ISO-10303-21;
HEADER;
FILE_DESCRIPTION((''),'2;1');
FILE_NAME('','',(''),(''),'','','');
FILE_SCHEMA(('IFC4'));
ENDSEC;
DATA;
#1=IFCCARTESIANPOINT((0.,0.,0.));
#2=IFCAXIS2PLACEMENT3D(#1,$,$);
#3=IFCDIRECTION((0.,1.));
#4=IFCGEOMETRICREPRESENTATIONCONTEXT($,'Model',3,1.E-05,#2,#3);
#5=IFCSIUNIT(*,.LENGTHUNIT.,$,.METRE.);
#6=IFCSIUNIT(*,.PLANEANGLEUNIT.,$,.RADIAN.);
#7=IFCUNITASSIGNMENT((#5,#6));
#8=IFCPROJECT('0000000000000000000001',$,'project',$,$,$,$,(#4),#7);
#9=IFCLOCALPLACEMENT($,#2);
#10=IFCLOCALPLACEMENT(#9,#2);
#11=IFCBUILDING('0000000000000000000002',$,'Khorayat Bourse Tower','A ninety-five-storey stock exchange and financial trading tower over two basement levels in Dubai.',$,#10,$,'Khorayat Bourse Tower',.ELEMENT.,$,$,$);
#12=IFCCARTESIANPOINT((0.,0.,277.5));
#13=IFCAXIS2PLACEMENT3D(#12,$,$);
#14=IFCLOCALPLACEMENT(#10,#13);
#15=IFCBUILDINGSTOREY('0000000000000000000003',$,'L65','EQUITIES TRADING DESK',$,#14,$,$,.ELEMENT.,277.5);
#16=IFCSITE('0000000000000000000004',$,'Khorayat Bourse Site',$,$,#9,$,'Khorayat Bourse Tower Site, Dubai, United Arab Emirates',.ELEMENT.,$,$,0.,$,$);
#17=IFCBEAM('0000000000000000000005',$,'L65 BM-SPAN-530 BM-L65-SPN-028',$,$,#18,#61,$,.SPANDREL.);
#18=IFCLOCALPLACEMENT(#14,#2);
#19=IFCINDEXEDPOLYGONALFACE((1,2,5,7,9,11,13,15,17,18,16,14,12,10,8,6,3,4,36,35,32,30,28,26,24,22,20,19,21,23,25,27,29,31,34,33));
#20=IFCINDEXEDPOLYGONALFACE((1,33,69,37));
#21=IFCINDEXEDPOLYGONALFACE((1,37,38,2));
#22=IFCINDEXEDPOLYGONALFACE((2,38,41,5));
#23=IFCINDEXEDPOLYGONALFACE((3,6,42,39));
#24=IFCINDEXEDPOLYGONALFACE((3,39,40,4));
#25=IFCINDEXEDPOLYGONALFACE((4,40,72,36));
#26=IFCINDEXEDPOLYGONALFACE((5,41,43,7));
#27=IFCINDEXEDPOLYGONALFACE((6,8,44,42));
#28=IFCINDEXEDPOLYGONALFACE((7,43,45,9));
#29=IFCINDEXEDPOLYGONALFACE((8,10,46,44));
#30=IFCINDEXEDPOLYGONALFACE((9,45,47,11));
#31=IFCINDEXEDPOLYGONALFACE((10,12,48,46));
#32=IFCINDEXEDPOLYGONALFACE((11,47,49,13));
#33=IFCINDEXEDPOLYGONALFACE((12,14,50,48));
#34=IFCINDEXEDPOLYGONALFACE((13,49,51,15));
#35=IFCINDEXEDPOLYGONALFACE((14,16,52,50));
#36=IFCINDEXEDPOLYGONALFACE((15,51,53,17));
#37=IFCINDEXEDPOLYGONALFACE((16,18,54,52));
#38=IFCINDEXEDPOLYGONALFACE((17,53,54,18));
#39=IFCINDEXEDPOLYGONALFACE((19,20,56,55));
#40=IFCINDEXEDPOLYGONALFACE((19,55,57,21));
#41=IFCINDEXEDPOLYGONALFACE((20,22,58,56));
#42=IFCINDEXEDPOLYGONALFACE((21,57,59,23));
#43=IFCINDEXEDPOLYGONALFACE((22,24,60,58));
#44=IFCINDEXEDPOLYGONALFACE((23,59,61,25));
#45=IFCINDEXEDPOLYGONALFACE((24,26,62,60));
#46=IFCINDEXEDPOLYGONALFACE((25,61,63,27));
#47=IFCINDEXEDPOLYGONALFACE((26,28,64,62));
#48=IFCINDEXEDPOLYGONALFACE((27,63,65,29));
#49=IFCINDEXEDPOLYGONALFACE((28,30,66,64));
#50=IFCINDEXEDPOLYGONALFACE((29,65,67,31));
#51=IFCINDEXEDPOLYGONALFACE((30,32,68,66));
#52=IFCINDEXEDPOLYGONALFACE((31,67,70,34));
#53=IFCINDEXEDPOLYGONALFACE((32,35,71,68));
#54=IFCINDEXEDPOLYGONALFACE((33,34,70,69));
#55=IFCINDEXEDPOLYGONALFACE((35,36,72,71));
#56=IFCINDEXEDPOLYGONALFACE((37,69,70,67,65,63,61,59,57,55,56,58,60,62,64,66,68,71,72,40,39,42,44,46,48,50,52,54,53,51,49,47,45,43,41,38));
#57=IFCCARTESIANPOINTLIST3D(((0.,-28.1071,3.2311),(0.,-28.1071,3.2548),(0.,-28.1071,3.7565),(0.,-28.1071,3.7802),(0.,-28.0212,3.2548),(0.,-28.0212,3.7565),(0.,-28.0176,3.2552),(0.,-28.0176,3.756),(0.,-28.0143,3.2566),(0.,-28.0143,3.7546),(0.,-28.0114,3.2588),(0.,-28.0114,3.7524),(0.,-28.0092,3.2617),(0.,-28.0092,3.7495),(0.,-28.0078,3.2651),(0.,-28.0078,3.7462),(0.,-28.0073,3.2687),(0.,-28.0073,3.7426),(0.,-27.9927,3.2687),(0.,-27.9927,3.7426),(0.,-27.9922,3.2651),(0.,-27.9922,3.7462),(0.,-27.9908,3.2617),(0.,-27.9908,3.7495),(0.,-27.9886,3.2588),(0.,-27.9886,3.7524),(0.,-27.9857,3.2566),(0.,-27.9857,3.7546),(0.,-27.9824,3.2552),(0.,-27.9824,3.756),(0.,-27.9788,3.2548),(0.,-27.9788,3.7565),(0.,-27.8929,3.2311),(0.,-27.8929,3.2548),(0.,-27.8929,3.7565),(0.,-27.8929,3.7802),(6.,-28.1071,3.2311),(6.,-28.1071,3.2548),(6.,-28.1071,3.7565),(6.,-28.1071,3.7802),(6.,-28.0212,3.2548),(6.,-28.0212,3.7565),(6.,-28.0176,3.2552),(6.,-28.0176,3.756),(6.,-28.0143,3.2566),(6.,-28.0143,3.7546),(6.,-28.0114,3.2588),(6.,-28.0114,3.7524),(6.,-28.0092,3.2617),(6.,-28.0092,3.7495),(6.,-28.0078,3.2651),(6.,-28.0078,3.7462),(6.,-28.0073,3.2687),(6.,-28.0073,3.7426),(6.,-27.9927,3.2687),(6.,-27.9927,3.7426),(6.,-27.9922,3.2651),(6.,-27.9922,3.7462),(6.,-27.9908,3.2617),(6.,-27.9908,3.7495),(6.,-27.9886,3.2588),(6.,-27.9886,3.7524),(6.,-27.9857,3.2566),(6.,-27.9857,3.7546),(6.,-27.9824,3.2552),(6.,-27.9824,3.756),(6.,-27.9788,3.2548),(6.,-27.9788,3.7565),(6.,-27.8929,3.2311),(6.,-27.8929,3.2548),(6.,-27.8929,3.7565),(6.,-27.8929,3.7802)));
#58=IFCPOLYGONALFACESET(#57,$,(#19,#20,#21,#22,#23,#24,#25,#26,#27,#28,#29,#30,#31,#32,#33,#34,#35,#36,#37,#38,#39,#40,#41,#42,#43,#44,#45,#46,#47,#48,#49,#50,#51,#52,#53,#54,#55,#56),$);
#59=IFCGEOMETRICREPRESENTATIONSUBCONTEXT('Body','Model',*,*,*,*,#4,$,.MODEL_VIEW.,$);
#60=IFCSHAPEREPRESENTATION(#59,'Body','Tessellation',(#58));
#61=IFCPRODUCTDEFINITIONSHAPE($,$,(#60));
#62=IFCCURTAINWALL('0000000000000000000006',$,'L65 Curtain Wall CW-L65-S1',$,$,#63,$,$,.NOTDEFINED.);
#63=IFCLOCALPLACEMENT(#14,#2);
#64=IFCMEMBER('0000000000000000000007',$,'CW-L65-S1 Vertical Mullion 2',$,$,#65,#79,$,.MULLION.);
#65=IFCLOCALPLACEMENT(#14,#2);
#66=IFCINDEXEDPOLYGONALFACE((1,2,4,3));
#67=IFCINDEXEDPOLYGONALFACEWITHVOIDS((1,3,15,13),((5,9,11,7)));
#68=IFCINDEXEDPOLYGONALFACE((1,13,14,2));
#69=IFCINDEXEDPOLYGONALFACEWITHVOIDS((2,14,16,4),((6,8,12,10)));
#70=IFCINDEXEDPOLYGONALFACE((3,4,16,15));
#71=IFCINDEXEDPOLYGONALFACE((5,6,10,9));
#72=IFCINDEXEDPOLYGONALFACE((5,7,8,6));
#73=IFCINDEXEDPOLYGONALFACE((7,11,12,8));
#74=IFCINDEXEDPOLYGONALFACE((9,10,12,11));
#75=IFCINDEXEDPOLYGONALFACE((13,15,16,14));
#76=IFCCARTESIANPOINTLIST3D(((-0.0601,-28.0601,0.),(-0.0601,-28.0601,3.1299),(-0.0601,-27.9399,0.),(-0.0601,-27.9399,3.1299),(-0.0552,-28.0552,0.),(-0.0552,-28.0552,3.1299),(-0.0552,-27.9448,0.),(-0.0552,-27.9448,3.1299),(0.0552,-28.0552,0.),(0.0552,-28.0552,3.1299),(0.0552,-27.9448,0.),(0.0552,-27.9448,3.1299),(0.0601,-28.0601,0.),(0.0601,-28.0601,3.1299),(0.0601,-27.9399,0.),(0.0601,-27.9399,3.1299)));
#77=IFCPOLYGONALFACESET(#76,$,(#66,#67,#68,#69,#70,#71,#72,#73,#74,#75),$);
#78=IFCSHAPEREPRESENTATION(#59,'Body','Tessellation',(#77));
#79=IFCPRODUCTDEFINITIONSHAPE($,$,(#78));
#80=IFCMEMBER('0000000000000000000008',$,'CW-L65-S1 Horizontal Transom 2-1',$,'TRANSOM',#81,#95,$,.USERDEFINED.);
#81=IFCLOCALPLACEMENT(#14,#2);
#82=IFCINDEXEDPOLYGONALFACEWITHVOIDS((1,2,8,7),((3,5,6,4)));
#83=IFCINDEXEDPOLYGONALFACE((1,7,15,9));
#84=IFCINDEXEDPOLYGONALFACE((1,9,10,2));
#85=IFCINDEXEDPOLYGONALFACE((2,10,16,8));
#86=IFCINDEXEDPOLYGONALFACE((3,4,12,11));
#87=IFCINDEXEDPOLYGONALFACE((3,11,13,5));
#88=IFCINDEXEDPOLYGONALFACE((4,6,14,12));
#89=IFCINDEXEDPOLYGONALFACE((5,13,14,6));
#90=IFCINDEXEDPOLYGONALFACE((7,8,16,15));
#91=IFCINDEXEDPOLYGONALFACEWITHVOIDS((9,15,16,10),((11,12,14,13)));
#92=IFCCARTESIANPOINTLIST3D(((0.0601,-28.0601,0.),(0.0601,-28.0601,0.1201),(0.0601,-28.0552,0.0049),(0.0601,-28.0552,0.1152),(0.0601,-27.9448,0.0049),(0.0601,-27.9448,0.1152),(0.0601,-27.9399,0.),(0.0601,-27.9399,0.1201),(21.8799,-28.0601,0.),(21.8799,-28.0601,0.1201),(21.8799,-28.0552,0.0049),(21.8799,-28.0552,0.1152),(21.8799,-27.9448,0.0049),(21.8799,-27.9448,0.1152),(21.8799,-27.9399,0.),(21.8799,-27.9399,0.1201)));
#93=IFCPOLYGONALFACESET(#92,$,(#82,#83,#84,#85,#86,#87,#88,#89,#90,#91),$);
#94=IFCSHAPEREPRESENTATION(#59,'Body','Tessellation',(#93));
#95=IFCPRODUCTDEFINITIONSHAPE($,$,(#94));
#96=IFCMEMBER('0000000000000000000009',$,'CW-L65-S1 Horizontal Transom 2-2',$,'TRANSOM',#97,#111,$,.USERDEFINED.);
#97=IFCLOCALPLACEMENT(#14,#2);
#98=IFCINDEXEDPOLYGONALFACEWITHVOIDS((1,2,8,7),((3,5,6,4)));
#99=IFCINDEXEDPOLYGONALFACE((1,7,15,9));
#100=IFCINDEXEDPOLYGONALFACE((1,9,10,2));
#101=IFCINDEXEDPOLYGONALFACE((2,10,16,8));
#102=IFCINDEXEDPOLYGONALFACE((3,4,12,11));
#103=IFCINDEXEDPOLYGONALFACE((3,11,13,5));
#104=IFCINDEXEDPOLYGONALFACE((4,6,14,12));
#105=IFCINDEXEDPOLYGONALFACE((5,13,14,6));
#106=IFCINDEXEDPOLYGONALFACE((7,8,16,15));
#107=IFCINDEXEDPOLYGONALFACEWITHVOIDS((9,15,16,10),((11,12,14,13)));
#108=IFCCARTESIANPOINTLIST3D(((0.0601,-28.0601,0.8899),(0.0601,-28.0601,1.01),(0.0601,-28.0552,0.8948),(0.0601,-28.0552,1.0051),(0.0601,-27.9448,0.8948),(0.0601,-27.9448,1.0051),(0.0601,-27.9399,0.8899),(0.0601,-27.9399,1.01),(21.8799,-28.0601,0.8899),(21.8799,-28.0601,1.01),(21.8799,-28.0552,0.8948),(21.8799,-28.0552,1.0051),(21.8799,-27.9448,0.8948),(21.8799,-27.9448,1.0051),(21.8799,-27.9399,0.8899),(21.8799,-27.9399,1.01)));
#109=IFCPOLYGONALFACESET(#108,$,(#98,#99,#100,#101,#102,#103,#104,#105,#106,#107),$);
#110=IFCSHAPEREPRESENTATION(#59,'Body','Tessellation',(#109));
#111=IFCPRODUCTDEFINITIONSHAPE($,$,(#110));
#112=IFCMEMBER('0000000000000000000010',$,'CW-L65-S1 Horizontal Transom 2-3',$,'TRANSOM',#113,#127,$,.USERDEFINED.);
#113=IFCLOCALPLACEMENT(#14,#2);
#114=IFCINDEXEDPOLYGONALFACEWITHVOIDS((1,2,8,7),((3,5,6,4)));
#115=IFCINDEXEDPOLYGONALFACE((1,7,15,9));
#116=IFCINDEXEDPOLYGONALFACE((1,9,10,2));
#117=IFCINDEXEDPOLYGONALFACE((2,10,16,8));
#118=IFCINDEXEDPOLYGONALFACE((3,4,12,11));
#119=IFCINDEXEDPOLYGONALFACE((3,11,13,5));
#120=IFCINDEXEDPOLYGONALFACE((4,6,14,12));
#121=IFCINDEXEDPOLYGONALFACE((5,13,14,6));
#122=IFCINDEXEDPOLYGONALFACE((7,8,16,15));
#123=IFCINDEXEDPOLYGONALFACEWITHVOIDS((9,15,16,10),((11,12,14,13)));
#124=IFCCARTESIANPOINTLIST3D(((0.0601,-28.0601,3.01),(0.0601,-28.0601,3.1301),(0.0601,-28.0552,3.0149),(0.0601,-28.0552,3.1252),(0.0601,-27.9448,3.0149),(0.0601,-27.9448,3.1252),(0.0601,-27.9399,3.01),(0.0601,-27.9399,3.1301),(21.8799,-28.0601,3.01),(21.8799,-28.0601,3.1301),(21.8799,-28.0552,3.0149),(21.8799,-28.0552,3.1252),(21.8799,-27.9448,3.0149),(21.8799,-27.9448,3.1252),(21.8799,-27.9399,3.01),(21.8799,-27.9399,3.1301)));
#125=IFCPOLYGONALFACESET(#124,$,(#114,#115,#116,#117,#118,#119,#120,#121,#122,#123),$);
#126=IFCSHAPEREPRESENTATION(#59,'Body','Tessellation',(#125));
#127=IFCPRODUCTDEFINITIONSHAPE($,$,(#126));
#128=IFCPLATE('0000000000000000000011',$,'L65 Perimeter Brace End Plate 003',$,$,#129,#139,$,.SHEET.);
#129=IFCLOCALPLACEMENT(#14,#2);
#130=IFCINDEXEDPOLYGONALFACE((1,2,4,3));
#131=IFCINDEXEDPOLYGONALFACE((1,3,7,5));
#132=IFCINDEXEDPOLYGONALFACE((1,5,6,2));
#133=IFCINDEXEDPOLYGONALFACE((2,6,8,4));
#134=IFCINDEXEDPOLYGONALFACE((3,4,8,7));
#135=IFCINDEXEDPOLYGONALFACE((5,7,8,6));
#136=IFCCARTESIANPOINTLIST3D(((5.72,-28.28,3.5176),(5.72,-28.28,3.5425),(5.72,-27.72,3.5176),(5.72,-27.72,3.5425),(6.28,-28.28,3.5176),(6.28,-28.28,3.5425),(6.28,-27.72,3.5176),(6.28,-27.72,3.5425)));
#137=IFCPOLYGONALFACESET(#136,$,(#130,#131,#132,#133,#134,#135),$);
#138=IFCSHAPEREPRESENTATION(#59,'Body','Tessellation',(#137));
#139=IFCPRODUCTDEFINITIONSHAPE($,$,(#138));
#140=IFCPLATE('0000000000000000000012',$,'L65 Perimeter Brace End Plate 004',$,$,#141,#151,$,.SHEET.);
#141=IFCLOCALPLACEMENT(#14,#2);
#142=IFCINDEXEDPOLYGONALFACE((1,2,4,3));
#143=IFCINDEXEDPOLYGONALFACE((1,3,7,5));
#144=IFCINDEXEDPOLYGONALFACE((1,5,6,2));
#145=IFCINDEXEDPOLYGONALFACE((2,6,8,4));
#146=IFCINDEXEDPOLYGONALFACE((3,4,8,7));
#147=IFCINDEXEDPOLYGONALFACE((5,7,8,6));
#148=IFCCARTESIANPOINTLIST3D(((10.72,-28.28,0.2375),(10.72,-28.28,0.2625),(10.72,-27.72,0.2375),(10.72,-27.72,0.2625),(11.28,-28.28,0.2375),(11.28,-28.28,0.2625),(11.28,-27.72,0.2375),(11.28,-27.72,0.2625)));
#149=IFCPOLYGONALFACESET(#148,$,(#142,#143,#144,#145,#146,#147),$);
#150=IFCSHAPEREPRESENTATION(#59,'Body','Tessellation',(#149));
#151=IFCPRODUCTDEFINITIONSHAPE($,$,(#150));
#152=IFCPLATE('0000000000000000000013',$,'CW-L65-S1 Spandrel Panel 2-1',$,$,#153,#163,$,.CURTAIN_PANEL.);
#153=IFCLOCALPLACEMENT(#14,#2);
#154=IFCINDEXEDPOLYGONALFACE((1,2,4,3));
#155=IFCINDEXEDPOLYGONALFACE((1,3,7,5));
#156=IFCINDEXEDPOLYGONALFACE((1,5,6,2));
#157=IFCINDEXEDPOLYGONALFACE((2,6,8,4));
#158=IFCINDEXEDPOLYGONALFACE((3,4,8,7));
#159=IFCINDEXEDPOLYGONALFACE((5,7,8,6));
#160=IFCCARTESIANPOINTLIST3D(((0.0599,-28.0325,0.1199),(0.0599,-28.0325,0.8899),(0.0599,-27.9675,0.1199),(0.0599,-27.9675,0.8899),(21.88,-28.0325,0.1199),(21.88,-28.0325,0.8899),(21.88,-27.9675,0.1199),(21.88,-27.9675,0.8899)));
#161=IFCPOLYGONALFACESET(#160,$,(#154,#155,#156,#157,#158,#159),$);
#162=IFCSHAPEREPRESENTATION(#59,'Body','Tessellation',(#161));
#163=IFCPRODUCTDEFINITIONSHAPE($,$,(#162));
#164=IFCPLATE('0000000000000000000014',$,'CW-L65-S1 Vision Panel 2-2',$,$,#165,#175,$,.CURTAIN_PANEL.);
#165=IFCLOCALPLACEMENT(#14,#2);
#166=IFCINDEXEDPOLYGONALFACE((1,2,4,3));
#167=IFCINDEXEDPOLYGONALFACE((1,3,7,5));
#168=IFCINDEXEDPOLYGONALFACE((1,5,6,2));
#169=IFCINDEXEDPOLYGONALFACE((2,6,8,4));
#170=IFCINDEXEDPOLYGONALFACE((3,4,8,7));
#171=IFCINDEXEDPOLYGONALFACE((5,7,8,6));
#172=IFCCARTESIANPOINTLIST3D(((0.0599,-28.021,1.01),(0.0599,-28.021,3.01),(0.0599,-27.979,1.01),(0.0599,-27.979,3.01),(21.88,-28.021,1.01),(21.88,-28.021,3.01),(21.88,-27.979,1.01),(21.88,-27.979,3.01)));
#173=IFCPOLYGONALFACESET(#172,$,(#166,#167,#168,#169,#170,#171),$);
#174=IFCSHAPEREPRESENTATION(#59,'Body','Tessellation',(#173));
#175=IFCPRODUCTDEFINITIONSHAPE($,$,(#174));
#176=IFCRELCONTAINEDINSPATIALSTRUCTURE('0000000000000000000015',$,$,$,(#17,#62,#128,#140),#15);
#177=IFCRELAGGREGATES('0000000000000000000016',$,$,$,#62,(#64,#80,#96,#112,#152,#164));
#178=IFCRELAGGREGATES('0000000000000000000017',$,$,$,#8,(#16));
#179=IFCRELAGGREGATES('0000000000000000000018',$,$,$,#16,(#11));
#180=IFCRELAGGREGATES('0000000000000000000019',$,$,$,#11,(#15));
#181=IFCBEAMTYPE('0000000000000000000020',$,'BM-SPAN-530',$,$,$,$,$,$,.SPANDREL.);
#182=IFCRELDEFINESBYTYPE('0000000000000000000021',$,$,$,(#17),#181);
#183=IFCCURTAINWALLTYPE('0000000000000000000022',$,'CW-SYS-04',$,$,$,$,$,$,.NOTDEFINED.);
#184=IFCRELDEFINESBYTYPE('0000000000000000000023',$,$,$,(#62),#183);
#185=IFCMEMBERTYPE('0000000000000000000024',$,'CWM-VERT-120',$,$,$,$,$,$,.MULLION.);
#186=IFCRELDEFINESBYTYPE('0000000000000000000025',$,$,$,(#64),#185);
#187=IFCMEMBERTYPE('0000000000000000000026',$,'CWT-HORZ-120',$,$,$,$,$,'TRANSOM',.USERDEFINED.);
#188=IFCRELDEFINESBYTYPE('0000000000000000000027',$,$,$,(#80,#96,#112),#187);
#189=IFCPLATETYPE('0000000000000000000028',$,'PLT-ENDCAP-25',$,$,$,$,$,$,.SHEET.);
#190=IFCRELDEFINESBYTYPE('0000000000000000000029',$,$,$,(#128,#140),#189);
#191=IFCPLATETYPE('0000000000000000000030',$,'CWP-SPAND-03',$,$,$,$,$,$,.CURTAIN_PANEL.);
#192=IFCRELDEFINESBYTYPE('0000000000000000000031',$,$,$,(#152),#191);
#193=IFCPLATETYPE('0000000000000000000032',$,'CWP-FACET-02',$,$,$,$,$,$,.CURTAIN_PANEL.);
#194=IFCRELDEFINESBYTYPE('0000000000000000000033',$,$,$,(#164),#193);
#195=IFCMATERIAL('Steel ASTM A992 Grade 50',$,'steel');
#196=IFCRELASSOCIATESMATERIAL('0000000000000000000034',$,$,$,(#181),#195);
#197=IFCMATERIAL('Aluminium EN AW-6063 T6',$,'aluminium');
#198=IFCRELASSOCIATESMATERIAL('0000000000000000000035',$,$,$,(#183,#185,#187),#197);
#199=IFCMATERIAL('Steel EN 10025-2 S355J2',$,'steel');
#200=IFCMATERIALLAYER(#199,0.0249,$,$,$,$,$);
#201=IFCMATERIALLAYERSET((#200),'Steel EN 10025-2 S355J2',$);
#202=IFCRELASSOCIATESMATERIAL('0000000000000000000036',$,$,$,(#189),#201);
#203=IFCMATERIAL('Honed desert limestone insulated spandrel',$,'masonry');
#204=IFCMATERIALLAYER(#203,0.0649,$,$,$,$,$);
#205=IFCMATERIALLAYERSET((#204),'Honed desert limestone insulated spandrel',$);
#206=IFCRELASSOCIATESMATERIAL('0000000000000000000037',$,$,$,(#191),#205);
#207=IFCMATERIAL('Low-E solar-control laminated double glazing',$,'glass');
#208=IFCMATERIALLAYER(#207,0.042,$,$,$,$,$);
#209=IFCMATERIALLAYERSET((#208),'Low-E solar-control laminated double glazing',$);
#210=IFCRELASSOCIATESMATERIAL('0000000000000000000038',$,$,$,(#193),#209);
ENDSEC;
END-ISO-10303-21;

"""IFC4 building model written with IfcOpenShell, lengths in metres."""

from ifc_helpers import new_model, si_unit, direction, frame, origin, origin_2d, place, context, subcontext, project, spatial, rectangle, hollow_rectangle, i_section, extrude, source, transform, mapped, material, layer, layer_set, material_profile, profile_set, type_object, element, aggregate, save


model = new_model("IFC4")

# Units and contexts
model_context = context("Model", 3, precision=1e-05, world=origin(), true_north=direction((0.0, 1.0)))
body_context = subcontext(model_context, "Body", "Model", "MODEL_VIEW")
ifc_project = project(units=[si_unit("LENGTHUNIT", "METRE"), si_unit("PLANEANGLEUNIT", "RADIAN")], contexts=[model_context])

# Site, building, storey
site_placement = place(None, origin())
site = spatial("IfcSite", under=ifc_project, at=site_placement, Name="Khorayat Bourse Site", LongName="Khorayat Bourse Tower Site, Dubai, United Arab Emirates", CompositionType="ELEMENT", RefElevation=0.0)
building_placement = place(site_placement, origin())
building = spatial("IfcBuilding", under=site, at=building_placement, Name="Khorayat Bourse Tower", Description="A ninety-five-storey stock exchange and financial trading tower over two basement levels in Dubai.", LongName="Khorayat Bourse Tower", CompositionType="ELEMENT")
storey_placement = place(building_placement, frame((0.0, 0.0, 277.5)))
storey = spatial("IfcBuildingStorey", under=building, at=storey_placement, Name="L65", Description="EQUITIES TRADING DESK", CompositionType="ELEMENT", Elevation=277.5)

# Shared definitions
ifc_material_1 = material(Name="Steel ASTM A992 Grade 50", Category="steel")

# Beam
ifc_material_profile_1 = material_profile(ifc_material_1, i_section(OverallWidth=0.2141, OverallDepth=0.5491, WebThickness=0.0146, FlangeThickness=0.0237, FilletRadius=0.0139, at=origin_2d()), Name="W530X138")
ifc_profile_set_1 = profile_set([ifc_material_profile_1], Name="Steel ASTM A992 Grade 50")
beam_type_1 = type_object("IfcBeamType", Name="BM-SPAN-530", PredefinedType="SPANDREL", material=ifc_profile_set_1)
shared_shape_1 = source(origin(), body_context, "Body", "SweptSolid", [
    extrude(i_section(OverallWidth=0.2141, OverallDepth=0.5491, WebThickness=0.0146, FlangeThickness=0.0237, FilletRadius=0.0139, at=origin_2d()), origin(), (0.0, 0.0, 1.0), 6.0),
])
beam_1_placement = place(storey_placement, frame((0.0, -28.0, 3.5056), z_axis=(1.0, 0.0, 0.0), x_axis=(0.0, 1.0, 0.0)))
element("IfcBeam", 1, at=beam_1_placement, inside=storey, type_object=beam_type_1, Name="L65 BM-SPAN-530 BM-L65-SPN-028", PredefinedType="SPANDREL", context=body_context, shape_type="MappedRepresentation", body=[
    mapped(shared_shape_1, transform((0.0, 0.0, 0.0), scale=1.0)),
])

# Curtain wall, members
ifc_material_2 = material(Name="Aluminium EN AW-6063 T6", Category="aluminium")
curtain_wall_type = type_object("IfcCurtainWallType", Name="CW-SYS-04", PredefinedType="NOTDEFINED", material=ifc_material_2)
curtain_wall_placement = place(storey_placement, origin())
curtain_wall = element("IfcCurtainWall", 2, at=curtain_wall_placement, inside=storey, type_object=curtain_wall_type, Name="L65 Curtain Wall CW-L65-S1", PredefinedType="NOTDEFINED")
ifc_material_profile_2 = material_profile(ifc_material_2, hollow_rectangle(XDim=0.1201, YDim=0.1201, WallThickness=0.0049, at=origin_2d()), Name="ALU 120x120x5")
ifc_profile_set_2 = profile_set([ifc_material_profile_2], Name="Aluminium EN AW-6063 T6")
member_type_1 = type_object("IfcMemberType", Name="CWM-VERT-120", PredefinedType="MULLION", material=ifc_profile_set_2)
shared_shape_2 = source(origin(), body_context, "Body", "SweptSolid", [
    extrude(hollow_rectangle(XDim=0.1201, YDim=0.1201, WallThickness=0.0049, at=origin_2d()), origin(), (0.0, 0.0, 1.0), 3.1299),
])
member_1_placement = place(storey_placement, frame((0.0, -28.0, 0.0), z_axis=(0.0, 0.0, 1.0), x_axis=(0.0, 1.0, 0.0)))
member_1 = element("IfcMember", 3, at=member_1_placement, type_object=member_type_1, Name="CW-L65-S1 Vertical Mullion 2", PredefinedType="MULLION", context=body_context, shape_type="MappedRepresentation", body=[
    mapped(shared_shape_2, transform((0.0, 0.0, 0.0), scale=1.0)),
])
ifc_material_profile_3 = material_profile(ifc_material_2, hollow_rectangle(XDim=0.1201, YDim=0.1201, WallThickness=0.0049, at=origin_2d()), Name="ALU 120x120x5")
ifc_profile_set_3 = profile_set([ifc_material_profile_3], Name="Aluminium EN AW-6063 T6")
member_type_2 = type_object("IfcMemberType", Name="CWT-HORZ-120", ElementType="TRANSOM", PredefinedType="USERDEFINED", material=ifc_profile_set_3)
shared_shape_3 = source(origin(), body_context, "Body", "SweptSolid", [
    extrude(hollow_rectangle(XDim=0.1201, YDim=0.1201, WallThickness=0.0049, at=origin_2d()), origin(), (0.0, 0.0, 1.0), 21.8198),
])
member_2_placement = place(storey_placement, frame((0.0601, -28.0, 0.0601), z_axis=(1.0, 0.0, 0.0), x_axis=(0.0, 1.0, 0.0)))
member_2 = element("IfcMember", 4, at=member_2_placement, type_object=member_type_2, Name="CW-L65-S1 Horizontal Transom 2-1", ObjectType="TRANSOM", PredefinedType="USERDEFINED", context=body_context, shape_type="MappedRepresentation", body=[
    mapped(shared_shape_3, transform((0.0, 0.0, 0.0), scale=1.0)),
])
member_3_placement = place(storey_placement, frame((0.0601, -28.0, 0.95), z_axis=(1.0, 0.0, 0.0), x_axis=(0.0, 1.0, 0.0)))
member_3 = element("IfcMember", 5, at=member_3_placement, type_object=member_type_2, Name="CW-L65-S1 Horizontal Transom 2-2", ObjectType="TRANSOM", PredefinedType="USERDEFINED", context=body_context, shape_type="MappedRepresentation", body=[
    mapped(shared_shape_3, transform((0.0, 0.0, 0.0), scale=1.0)),
])
member_4_placement = place(storey_placement, frame((0.0601, -28.0, 3.0701), z_axis=(1.0, 0.0, 0.0), x_axis=(0.0, 1.0, 0.0)))
member_4 = element("IfcMember", 6, at=member_4_placement, type_object=member_type_2, Name="CW-L65-S1 Horizontal Transom 2-3", ObjectType="TRANSOM", PredefinedType="USERDEFINED", context=body_context, shape_type="MappedRepresentation", body=[
    mapped(shared_shape_3, transform((0.0, 0.0, 0.0), scale=1.0)),
])

# Plates
ifc_material_3 = material(Name="Steel EN 10025-2 S355J2", Category="steel")
ifc_layer_1 = layer(ifc_material_3, 0.0249)
ifc_layer_set_1 = layer_set([ifc_layer_1], Name="Steel EN 10025-2 S355J2")
plate_type_1 = type_object("IfcPlateType", Name="PLT-ENDCAP-25", PredefinedType="SHEET", material=ifc_layer_set_1)
shared_shape_4 = source(origin(), body_context, "Body", "SweptSolid", [
    extrude(rectangle(XDim=0.5601, YDim=0.5601, at=origin_2d()), origin(), (0.0, 0.0, 1.0), 0.0249),
])
for number, where, z_axis, x_axis, name in (
    (7, (6.0, -28.0, 3.5176), (0.0, 0.0, 1.0), (1.0, 0.0, 0.0), "L65 Perimeter Brace End Plate 003"),
    (8, (11.0, -28.0, 0.2375), (0.0, 0.0, 1.0), (1.0, 0.0, 0.0), "L65 Perimeter Brace End Plate 004"),
):
    element("IfcPlate", number, at=place(storey_placement, frame(where, z_axis=z_axis, x_axis=x_axis)), inside=storey, type_object=plate_type_1, Name=name, PredefinedType="SHEET", context=body_context, shape_type="MappedRepresentation", body=[
        mapped(shared_shape_4, transform((0.0, 0.0, 0.0), scale=1.0)),
    ])

# Plates
ifc_material_4 = material(Name="Honed desert limestone insulated spandrel", Category="masonry")
ifc_layer_2 = layer(ifc_material_4, 0.0649)
ifc_layer_set_2 = layer_set([ifc_layer_2], Name="Honed desert limestone insulated spandrel")
plate_type_2 = type_object("IfcPlateType", Name="CWP-SPAND-03", PredefinedType="CURTAIN_PANEL", material=ifc_layer_set_2)
shared_shape_5 = source(origin(), body_context, "Body", "SweptSolid", [
    extrude(rectangle(XDim=21.8201, YDim=0.0649, at=origin_2d()), origin(), (0.0, 0.0, 1.0), 0.77),
])
plate_1_placement = place(storey_placement, frame((10.97, -28.0, 0.1199), z_axis=(0.0, 0.0, 1.0), x_axis=(1.0, 0.0, 0.0)))
plate_1 = element("IfcPlate", 9, at=plate_1_placement, type_object=plate_type_2, Name="CW-L65-S1 Spandrel Panel 2-1", PredefinedType="CURTAIN_PANEL", context=body_context, shape_type="MappedRepresentation", body=[
    mapped(shared_shape_5, transform((0.0, 0.0, 0.0), scale=1.0)),
])
ifc_material_5 = material(Name="Low-E solar-control laminated double glazing", Category="glass")
ifc_layer_3 = layer(ifc_material_5, 0.042)
ifc_layer_set_3 = layer_set([ifc_layer_3], Name="Low-E solar-control laminated double glazing")
plate_type_3 = type_object("IfcPlateType", Name="CWP-FACET-02", PredefinedType="CURTAIN_PANEL", material=ifc_layer_set_3)
shared_shape_6 = source(origin(), body_context, "Body", "SweptSolid", [
    extrude(rectangle(XDim=21.8201, YDim=0.042, at=origin_2d()), origin(), (0.0, 0.0, 1.0), 2.0),
])
plate_2_placement = place(storey_placement, frame((10.97, -28.0, 1.01), z_axis=(0.0, 0.0, 1.0), x_axis=(1.0, 0.0, 0.0)))
plate_2 = element("IfcPlate", 10, at=plate_2_placement, type_object=plate_type_3, Name="CW-L65-S1 Vision Panel 2-2", PredefinedType="CURTAIN_PANEL", context=body_context, shape_type="MappedRepresentation", body=[
    mapped(shared_shape_6, transform((0.0, 0.0, 0.0), scale=1.0)),
])
aggregate(curtain_wall, [member_1, member_2, member_3, member_4, plate_1, plate_2])

save(model, "model.ifc")
